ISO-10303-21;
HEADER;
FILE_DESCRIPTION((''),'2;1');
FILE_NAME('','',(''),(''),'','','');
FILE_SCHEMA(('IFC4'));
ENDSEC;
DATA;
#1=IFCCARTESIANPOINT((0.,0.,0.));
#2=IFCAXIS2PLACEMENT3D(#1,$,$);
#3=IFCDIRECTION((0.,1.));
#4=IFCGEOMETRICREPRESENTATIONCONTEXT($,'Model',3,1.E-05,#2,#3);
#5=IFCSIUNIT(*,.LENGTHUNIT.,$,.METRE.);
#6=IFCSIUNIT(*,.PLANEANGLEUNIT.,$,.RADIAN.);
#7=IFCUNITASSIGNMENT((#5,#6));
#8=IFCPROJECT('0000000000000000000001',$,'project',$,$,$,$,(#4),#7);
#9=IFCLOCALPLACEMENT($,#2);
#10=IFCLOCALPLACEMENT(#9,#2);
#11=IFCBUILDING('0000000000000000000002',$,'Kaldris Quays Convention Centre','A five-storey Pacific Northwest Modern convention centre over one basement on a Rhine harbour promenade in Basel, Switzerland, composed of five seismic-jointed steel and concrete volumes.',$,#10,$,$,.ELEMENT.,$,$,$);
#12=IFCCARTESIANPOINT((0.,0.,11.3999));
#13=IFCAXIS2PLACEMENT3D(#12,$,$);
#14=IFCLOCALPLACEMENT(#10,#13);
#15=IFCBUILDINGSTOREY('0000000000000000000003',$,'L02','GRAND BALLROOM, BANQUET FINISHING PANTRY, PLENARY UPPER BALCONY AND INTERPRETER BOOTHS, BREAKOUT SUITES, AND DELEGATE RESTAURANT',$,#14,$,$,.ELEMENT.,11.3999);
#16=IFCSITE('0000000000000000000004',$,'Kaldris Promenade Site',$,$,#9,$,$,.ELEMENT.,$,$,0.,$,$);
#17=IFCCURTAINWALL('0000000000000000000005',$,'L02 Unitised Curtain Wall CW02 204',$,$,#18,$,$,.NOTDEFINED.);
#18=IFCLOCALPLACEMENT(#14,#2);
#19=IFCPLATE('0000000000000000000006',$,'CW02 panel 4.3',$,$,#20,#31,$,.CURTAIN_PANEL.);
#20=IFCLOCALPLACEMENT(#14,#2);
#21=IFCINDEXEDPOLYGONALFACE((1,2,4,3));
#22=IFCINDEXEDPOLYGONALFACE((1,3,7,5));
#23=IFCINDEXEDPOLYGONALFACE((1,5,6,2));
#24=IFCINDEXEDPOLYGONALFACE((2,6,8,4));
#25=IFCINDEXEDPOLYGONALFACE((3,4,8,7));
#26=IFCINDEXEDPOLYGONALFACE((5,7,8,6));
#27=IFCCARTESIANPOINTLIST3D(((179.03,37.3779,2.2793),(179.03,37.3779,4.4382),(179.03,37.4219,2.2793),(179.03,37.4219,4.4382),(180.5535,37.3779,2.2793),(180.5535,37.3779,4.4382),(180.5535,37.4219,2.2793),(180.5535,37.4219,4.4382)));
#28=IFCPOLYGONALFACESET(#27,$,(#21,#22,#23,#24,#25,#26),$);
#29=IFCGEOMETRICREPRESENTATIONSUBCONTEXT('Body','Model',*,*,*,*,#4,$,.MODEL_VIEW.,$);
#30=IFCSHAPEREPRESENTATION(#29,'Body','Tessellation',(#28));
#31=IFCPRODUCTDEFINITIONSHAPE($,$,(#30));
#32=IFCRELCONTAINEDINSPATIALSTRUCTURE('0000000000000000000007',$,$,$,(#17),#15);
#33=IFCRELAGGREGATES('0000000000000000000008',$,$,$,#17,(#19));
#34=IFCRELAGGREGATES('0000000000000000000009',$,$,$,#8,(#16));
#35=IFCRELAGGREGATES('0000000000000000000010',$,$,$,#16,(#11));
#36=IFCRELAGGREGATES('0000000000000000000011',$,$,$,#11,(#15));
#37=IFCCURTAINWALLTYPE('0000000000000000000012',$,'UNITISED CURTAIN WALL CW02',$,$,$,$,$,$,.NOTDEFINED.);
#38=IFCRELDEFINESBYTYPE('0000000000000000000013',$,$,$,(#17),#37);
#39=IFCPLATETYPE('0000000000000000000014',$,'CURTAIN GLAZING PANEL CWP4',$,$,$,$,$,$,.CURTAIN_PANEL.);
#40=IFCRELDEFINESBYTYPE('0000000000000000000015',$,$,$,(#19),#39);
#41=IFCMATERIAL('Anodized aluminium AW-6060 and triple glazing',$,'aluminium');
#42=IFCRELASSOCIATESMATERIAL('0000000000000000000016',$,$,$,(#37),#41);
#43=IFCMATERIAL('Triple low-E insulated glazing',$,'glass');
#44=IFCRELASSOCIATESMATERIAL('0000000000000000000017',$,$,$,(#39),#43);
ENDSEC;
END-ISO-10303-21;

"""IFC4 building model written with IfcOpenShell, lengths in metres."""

from ifc_helpers import new_model, si_unit, direction, frame, origin, origin_2d, place, context, subcontext, project, spatial, rectangle, extrude, material, type_object, element, aggregate, save


model = new_model("IFC4")

# Units and contexts
model_context = context("Model", 3, precision=1e-05, world=origin(), true_north=direction((0.0, 1.0)))
body_context = subcontext(model_context, "Body", "Model", "MODEL_VIEW")
ifc_project = project(units=[si_unit("LENGTHUNIT", "METRE"), si_unit("PLANEANGLEUNIT", "RADIAN")], contexts=[model_context])

# Site, building, storey
site_placement = place(None, origin())
site = spatial("IfcSite", under=ifc_project, at=site_placement, Name="Kaldris Promenade Site", CompositionType="ELEMENT", RefElevation=0.0)
building_placement = place(site_placement, origin())
building = spatial("IfcBuilding", under=site, at=building_placement, Name="Kaldris Quays Convention Centre", Description="A five-storey Pacific Northwest Modern convention centre over one basement on a Rhine harbour promenade in Basel, Switzerland, composed of five seismic-jointed steel and concrete volumes.", CompositionType="ELEMENT")
storey_placement = place(building_placement, frame((0.0, 0.0, 11.3999)))
storey = spatial("IfcBuildingStorey", under=building, at=storey_placement, Name="L02", Description="GRAND BALLROOM, BANQUET FINISHING PANTRY, PLENARY UPPER BALCONY AND INTERPRETER BOOTHS, BREAKOUT SUITES, AND DELEGATE RESTAURANT", CompositionType="ELEMENT", Elevation=11.3999)

# Curtain wall
ifc_material_1 = material(Name="Anodized aluminium AW-6060 and triple glazing", Category="aluminium")
curtain_wall_type = type_object("IfcCurtainWallType", Name="UNITISED CURTAIN WALL CW02", PredefinedType="NOTDEFINED", material=ifc_material_1)
curtain_wall_placement = place(storey_placement, origin())
curtain_wall = element("IfcCurtainWall", 1, at=curtain_wall_placement, inside=storey, type_object=curtain_wall_type, Name="L02 Unitised Curtain Wall CW02 204", PredefinedType="NOTDEFINED")

# Plate
ifc_material_2 = material(Name="Triple low-E insulated glazing", Category="glass")
plate_type = type_object("IfcPlateType", Name="CURTAIN GLAZING PANEL CWP4", PredefinedType="CURTAIN_PANEL", material=ifc_material_2)
plate_1_placement = place(storey_placement, frame((179.7917, 37.3999, 2.2793), z_axis=(0.0, 0.0, 1.0), x_axis=(1.0, 0.0, 0.0)))
plate_1 = element("IfcPlate", 2, at=plate_1_placement, type_object=plate_type, Name="CW02 panel 4.3", PredefinedType="CURTAIN_PANEL", context=body_context, shape_type="SweptSolid", body=[
    extrude(rectangle(XDim=1.5234, YDim=0.0439, at=origin_2d()), origin(), (0.0, 0.0, 1.0), 2.1589),
])
aggregate(curtain_wall, [plate_1])

save(model, "model.ifc")
